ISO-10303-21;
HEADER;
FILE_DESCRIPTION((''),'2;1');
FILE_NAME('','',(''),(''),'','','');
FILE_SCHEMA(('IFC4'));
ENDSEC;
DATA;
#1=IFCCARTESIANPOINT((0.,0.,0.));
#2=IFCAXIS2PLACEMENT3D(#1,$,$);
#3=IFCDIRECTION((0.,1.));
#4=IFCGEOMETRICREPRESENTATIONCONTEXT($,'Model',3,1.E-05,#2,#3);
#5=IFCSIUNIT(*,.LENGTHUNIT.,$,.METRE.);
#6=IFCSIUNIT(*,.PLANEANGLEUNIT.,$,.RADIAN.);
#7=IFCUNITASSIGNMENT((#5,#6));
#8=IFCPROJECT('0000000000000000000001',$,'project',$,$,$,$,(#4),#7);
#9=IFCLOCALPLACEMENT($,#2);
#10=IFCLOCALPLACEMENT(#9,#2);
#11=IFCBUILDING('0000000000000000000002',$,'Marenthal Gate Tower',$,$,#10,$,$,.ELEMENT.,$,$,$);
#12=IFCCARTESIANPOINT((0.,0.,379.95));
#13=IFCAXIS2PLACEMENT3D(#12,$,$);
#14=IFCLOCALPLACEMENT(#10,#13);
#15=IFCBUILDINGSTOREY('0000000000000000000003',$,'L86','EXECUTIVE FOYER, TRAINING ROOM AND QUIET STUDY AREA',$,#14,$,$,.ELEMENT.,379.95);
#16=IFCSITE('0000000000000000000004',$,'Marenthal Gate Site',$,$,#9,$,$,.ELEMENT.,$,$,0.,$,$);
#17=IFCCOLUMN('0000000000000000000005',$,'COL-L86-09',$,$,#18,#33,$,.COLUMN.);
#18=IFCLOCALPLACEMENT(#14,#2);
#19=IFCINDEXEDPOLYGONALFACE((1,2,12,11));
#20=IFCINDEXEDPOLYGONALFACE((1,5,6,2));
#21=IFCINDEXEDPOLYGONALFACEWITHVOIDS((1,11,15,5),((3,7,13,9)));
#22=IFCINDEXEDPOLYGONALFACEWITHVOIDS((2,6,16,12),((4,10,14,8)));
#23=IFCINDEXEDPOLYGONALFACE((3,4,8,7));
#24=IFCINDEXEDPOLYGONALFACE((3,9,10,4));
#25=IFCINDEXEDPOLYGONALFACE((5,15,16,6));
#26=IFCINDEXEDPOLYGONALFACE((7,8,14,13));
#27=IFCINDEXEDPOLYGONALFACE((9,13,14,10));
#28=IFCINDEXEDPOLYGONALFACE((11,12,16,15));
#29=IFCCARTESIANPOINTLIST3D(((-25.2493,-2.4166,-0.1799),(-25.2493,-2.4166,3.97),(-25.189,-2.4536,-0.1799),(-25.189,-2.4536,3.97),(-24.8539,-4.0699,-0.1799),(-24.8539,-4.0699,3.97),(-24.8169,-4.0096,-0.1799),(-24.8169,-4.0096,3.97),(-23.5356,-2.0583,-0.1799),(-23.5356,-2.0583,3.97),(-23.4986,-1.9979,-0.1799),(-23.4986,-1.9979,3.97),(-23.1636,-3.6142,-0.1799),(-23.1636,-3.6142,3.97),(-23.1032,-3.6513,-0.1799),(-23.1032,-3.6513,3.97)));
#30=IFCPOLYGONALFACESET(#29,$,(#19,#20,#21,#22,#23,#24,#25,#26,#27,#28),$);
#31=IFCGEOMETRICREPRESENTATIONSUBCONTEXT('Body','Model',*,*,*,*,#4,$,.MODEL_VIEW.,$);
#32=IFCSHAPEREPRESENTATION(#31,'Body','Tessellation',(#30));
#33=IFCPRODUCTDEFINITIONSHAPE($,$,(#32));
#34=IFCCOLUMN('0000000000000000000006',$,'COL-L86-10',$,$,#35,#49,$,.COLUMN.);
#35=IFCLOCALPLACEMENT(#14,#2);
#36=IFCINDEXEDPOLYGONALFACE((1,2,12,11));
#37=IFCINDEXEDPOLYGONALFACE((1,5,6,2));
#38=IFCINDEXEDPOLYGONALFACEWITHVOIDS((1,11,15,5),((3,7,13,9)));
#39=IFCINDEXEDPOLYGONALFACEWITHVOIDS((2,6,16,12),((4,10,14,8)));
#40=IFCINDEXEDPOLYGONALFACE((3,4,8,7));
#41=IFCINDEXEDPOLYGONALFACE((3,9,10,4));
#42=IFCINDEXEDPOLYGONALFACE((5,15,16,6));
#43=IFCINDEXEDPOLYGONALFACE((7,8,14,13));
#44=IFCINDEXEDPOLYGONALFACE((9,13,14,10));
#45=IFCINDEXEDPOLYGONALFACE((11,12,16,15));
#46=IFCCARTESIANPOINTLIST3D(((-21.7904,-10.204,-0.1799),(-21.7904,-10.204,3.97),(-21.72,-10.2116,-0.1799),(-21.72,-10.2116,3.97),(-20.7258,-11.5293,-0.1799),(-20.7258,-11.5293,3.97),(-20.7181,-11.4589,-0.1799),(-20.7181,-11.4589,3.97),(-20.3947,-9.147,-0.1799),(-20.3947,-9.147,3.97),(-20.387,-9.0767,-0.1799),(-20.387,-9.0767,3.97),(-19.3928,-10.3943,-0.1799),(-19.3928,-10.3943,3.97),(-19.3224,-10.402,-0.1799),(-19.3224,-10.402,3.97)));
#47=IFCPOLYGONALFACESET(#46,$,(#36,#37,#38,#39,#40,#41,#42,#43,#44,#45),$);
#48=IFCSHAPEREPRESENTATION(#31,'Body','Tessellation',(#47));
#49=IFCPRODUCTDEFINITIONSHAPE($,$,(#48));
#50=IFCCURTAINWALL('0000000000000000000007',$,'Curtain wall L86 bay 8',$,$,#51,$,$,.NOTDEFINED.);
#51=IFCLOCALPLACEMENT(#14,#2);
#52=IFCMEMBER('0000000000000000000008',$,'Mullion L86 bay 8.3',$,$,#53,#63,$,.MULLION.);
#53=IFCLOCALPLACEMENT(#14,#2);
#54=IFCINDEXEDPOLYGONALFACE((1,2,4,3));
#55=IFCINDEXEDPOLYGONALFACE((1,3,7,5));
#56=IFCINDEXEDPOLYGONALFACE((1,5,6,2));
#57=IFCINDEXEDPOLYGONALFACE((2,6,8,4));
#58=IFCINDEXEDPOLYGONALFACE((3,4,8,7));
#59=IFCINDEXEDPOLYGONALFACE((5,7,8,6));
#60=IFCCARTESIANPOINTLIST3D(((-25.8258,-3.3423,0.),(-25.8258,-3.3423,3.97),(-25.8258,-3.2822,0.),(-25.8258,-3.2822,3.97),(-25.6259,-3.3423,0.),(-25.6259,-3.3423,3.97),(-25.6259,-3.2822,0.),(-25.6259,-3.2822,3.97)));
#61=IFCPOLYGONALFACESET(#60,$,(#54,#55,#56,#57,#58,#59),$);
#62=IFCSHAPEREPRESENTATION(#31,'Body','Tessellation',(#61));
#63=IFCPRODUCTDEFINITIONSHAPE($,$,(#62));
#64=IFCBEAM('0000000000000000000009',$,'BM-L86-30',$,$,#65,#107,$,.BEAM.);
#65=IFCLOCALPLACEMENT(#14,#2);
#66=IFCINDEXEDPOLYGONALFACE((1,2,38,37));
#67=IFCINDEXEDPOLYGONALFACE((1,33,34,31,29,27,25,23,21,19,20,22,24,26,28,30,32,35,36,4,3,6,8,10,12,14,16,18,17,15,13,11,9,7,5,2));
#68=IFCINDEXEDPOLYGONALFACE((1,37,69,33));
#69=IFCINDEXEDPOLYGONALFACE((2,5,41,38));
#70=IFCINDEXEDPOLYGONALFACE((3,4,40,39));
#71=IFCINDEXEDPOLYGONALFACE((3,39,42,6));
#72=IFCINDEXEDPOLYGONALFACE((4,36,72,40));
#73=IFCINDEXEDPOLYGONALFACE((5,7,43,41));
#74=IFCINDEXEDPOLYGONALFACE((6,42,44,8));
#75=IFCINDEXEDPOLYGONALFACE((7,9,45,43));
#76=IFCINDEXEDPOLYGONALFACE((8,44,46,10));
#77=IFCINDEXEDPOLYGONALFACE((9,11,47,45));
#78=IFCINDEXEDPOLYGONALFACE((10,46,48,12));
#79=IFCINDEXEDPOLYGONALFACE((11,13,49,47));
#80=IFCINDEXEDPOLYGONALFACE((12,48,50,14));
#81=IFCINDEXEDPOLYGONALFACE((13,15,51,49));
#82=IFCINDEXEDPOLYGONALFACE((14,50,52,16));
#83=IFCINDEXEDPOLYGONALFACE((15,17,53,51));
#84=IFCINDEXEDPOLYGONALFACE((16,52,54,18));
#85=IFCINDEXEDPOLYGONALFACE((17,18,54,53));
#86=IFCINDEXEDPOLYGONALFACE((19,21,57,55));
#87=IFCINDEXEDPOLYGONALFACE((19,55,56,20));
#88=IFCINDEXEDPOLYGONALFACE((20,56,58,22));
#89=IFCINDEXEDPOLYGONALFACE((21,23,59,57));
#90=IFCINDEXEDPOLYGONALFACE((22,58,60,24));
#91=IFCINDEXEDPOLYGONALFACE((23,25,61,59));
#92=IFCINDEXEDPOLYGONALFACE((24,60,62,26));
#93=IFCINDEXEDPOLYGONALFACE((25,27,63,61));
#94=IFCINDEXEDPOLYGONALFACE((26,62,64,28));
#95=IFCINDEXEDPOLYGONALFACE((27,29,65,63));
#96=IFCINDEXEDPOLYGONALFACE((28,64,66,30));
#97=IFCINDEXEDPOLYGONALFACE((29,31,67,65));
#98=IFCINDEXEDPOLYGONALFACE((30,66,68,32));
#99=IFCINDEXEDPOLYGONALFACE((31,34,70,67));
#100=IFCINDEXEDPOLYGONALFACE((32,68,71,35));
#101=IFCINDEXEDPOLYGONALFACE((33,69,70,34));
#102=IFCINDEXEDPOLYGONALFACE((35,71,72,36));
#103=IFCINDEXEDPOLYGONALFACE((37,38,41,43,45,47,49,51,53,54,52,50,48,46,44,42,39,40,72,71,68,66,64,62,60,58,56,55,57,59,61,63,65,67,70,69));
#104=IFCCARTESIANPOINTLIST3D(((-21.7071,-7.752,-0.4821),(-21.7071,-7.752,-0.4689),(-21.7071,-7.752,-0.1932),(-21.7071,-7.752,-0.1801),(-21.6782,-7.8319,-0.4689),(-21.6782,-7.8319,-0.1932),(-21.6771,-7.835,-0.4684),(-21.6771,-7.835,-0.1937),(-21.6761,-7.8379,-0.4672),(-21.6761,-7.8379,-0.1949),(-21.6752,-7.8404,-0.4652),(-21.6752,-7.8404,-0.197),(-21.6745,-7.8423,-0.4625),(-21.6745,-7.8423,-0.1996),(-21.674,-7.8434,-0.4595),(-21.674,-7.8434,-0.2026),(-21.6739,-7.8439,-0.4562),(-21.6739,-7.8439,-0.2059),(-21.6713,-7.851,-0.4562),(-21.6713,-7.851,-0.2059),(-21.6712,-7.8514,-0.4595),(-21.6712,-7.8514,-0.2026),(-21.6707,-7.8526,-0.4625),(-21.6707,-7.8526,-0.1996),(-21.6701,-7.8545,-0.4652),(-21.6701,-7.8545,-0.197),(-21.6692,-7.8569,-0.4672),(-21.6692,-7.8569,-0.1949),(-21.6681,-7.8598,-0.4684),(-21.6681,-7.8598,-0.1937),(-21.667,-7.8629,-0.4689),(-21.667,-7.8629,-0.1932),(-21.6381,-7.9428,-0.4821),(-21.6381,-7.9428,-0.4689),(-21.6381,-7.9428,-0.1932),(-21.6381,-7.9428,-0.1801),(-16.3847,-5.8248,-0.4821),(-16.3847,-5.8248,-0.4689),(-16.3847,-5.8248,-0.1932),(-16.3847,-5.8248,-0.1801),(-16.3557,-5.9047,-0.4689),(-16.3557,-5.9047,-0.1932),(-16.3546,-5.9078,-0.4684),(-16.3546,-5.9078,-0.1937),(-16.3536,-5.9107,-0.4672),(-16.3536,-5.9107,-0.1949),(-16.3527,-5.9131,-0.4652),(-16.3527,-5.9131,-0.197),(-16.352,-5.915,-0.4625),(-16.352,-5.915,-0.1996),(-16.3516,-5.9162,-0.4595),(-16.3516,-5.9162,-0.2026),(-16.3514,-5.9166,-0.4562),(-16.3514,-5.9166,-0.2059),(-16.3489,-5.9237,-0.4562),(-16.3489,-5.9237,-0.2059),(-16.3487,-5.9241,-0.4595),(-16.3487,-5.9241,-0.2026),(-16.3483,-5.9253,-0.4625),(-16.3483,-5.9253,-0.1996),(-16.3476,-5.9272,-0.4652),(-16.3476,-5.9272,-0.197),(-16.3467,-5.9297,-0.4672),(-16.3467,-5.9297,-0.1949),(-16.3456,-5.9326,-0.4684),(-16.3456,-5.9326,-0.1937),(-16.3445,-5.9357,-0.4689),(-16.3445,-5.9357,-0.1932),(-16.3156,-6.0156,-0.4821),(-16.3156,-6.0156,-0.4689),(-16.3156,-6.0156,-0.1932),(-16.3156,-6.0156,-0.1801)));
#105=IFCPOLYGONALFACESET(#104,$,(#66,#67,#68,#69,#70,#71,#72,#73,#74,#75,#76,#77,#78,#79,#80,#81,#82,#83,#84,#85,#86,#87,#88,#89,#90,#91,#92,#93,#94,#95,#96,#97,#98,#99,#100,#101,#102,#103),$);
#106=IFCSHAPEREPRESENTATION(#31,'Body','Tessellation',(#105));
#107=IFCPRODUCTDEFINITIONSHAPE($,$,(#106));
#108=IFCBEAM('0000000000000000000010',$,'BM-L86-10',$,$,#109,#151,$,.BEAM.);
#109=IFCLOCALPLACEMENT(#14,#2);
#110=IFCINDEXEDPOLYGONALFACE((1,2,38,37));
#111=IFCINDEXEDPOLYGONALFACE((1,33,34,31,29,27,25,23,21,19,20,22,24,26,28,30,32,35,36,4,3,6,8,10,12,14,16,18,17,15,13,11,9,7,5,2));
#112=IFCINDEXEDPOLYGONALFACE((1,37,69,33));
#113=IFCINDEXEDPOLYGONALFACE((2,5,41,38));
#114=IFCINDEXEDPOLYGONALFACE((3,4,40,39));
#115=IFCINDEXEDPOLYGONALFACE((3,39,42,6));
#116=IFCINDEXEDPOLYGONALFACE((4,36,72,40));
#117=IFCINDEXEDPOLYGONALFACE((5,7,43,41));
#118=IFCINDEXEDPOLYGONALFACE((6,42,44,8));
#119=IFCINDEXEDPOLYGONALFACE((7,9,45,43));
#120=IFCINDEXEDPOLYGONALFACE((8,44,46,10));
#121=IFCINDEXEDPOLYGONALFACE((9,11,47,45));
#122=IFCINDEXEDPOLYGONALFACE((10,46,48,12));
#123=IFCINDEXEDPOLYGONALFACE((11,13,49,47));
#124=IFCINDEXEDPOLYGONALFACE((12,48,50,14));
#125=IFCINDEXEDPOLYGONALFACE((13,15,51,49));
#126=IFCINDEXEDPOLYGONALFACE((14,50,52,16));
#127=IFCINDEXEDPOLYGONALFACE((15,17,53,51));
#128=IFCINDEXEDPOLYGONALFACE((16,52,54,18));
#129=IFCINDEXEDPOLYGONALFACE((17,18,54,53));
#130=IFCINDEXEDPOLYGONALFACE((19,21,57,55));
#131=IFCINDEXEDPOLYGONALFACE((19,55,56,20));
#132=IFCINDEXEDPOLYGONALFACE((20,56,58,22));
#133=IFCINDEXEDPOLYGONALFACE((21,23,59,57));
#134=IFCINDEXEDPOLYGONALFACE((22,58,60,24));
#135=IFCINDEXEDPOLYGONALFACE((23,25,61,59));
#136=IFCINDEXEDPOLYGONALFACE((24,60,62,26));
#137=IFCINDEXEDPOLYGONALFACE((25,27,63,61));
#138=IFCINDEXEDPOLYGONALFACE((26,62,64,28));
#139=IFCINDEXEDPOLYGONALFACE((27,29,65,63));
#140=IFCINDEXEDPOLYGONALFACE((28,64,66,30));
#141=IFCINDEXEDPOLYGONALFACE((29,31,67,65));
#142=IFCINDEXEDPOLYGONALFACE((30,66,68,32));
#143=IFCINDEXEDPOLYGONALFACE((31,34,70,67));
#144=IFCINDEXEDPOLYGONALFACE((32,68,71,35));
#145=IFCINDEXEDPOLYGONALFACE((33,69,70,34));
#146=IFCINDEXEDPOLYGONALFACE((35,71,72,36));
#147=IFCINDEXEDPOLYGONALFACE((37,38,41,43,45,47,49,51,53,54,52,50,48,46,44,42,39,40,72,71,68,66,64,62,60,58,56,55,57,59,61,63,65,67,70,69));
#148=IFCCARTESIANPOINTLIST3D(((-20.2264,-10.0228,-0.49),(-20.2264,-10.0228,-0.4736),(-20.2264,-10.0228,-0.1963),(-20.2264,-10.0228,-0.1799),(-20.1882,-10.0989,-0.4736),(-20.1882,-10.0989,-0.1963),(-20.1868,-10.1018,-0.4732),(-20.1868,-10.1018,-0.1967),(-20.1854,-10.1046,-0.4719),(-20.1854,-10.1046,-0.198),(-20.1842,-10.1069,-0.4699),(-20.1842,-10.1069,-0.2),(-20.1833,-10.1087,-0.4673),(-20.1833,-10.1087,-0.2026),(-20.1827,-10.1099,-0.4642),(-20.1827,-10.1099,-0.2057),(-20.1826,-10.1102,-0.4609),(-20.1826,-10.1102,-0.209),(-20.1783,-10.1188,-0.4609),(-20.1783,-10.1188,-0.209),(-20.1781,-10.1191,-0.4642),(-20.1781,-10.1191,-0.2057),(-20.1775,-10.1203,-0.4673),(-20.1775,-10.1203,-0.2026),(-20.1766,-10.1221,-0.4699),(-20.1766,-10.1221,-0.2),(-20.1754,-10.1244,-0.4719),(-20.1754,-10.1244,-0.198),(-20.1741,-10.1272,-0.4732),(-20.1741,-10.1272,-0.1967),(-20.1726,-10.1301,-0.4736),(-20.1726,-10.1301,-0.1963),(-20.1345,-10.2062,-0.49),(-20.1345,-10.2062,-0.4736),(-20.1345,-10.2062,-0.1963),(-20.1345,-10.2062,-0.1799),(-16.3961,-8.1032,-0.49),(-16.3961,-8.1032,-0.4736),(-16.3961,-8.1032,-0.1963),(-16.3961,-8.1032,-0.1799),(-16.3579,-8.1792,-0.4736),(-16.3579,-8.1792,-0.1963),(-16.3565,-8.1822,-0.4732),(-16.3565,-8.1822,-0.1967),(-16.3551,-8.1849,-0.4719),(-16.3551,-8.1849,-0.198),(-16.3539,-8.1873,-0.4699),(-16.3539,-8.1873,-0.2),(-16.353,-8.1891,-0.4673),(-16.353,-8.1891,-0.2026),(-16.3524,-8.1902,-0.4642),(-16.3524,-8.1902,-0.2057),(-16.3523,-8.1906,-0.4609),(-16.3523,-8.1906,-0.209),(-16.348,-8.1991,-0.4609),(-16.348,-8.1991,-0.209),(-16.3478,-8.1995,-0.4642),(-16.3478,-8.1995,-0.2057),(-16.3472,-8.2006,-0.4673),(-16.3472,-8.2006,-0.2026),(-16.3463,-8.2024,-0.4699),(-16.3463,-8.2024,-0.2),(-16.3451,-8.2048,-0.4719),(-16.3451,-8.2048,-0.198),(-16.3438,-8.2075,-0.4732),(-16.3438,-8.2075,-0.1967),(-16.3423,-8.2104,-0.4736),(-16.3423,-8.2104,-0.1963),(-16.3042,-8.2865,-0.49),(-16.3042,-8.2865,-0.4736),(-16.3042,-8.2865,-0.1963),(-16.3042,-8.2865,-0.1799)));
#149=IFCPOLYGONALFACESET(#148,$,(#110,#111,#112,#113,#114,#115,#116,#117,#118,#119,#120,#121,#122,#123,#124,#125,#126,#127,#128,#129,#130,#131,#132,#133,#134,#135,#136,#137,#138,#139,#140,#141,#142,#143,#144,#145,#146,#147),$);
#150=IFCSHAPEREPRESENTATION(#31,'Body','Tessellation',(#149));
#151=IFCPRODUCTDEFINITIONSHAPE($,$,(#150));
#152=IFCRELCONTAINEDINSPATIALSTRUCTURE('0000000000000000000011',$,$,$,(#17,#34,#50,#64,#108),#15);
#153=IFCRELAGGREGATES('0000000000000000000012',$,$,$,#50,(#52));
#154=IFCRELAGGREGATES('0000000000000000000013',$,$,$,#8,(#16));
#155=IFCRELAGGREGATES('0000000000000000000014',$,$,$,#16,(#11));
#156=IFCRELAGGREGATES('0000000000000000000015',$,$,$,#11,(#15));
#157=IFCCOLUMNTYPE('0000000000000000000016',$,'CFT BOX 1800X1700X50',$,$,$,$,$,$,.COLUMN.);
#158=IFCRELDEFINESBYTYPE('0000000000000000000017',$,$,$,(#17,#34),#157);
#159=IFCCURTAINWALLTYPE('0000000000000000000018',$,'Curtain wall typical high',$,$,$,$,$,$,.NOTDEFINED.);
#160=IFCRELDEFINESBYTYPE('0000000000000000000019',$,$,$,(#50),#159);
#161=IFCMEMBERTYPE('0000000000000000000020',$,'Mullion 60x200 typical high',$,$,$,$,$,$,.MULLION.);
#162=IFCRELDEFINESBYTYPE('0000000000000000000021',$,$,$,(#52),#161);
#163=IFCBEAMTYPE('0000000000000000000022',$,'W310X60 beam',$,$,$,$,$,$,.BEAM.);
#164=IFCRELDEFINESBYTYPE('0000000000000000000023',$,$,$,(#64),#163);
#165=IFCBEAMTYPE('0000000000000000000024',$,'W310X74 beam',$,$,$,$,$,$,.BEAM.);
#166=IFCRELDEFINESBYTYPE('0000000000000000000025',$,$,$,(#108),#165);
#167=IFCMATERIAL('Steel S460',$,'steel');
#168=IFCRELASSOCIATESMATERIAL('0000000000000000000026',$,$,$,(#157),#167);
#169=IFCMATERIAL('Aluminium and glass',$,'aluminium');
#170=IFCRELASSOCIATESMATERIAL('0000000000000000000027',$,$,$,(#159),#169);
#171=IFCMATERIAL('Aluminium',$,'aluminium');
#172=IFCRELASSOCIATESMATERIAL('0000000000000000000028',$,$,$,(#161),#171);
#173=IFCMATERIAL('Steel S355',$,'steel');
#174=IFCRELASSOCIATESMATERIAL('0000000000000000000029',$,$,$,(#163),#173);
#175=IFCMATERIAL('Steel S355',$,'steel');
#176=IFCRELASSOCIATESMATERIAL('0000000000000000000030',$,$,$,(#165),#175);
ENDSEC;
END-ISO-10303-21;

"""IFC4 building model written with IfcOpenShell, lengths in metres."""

from ifc_helpers import new_model, si_unit, direction, frame, origin, origin_2d, place, context, subcontext, project, spatial, rectangle, hollow_rectangle, i_section, extrude, material, material_profile, profile_set, type_object, element, aggregate, save


model = new_model("IFC4")

# Units and contexts
model_context = context("Model", 3, precision=1e-05, world=origin(), true_north=direction((0.0, 1.0)))
body_context = subcontext(model_context, "Body", "Model", "MODEL_VIEW")
ifc_project = project(units=[si_unit("LENGTHUNIT", "METRE"), si_unit("PLANEANGLEUNIT", "RADIAN")], contexts=[model_context])

# Site, building, storey
site_placement = place(None, origin())
site = spatial("IfcSite", under=ifc_project, at=site_placement, Name="Marenthal Gate Site", CompositionType="ELEMENT", RefElevation=0.0)
building_placement = place(site_placement, origin())
building = spatial("IfcBuilding", under=site, at=building_placement, Name="Marenthal Gate Tower", CompositionType="ELEMENT")
storey_placement = place(building_placement, frame((0.0, 0.0, 379.95)))
storey = spatial("IfcBuildingStorey", under=building, at=storey_placement, Name="L86", Description="EXECUTIVE FOYER, TRAINING ROOM AND QUIET STUDY AREA", CompositionType="ELEMENT", Elevation=379.95)

# Columns
ifc_material_1 = material(Name="Steel S460", Category="steel")
ifc_material_profile_1 = material_profile(ifc_material_1, hollow_rectangle(XDim=1.7, YDim=1.8, WallThickness=0.05, at=origin_2d()), Name="CFT BOX 1800X1700X50")
ifc_material_2 = material(Name="Concrete 70 MPa", Category="concrete")
ifc_material_profile_2 = material_profile(ifc_material_2, rectangle(XDim=1.6001, YDim=1.7, at=origin_2d()), Name="CFT BOX 1800X1700X50 INFILL")
ifc_profile_set_1 = profile_set([ifc_material_profile_1, ifc_material_profile_2], Name="Steel S460 shell, Concrete 70 MPa infill")
column_type = type_object("IfcColumnType", Name="CFT BOX 1800X1700X50", PredefinedType="COLUMN", material=ifc_profile_set_1)
for number, where, z_axis, x_axis, name in (
    (1, (-24.1763, -3.0339, -0.1799), (0.0, 0.0, 1.0), (-0.232571, 0.972579, 0.0), "COL-L86-09"),
    (2, (-20.5564, -10.303, -0.1799), (0.0, 0.0, 1.0), (-0.626249, 0.779623, 0.0), "COL-L86-10"),
):
    element("IfcColumn", number, at=place(storey_placement, frame(where, z_axis=z_axis, x_axis=x_axis)), inside=storey, type_object=column_type, Name=name, PredefinedType="COLUMN", context=body_context, shape_type="SweptSolid", body=[
        extrude(hollow_rectangle(XDim=1.7, YDim=1.8, WallThickness=0.05, at=origin_2d()), origin(), (0.0, 0.0, 1.0), 4.1499),
    ])

# Curtain wall, member
ifc_material_3 = material(Name="Aluminium and glass", Category="aluminium")
curtain_wall_type = type_object("IfcCurtainWallType", Name="Curtain wall typical high", PredefinedType="NOTDEFINED", material=ifc_material_3)
curtain_wall_placement = place(storey_placement, origin())
curtain_wall = element("IfcCurtainWall", 3, at=curtain_wall_placement, inside=storey, type_object=curtain_wall_type, Name="Curtain wall L86 bay 8", PredefinedType="NOTDEFINED")
ifc_material_4 = material(Name="Aluminium", Category="aluminium")
ifc_material_profile_3 = material_profile(ifc_material_4, rectangle(XDim=0.2, YDim=0.0601, at=origin_2d()), Name="60x200 aluminium mullion")
ifc_profile_set_2 = profile_set([ifc_material_profile_3], Name="Aluminium")
member_type = type_object("IfcMemberType", Name="Mullion 60x200 typical high", PredefinedType="MULLION", material=ifc_profile_set_2)
member_placement = place(storey_placement, frame((-25.7258, -3.3123, 0.0), z_axis=(0.0, 0.0, 1.0), x_axis=(1.0, 0.0, 0.0)))
member = element("IfcMember", 4, at=member_placement, type_object=member_type, Name="Mullion L86 bay 8.3", PredefinedType="MULLION", context=body_context, shape_type="SweptSolid", body=[
    extrude(rectangle(XDim=0.2, YDim=0.0601, at=origin_2d()), origin(), (0.0, 0.0, 1.0), 3.97),
])

# Beams
ifc_material_5 = material(Name="Steel S355", Category="steel")
ifc_material_profile_4 = material_profile(ifc_material_5, i_section(OverallWidth=0.2029, OverallDepth=0.302, WebThickness=0.0076, FlangeThickness=0.0132, FilletRadius=0.0127, at=origin_2d()), Name="W310X60")
ifc_profile_set_3 = profile_set([ifc_material_profile_4], Name="Steel S355")
beam_type_1 = type_object("IfcBeamType", Name="W310X60 beam", PredefinedType="BEAM", material=ifc_profile_set_3)
beam_1_placement = place(storey_placement, frame((-21.6726, -7.8474, -0.3311), z_axis=(0.940258, 0.340461, 0.0), x_axis=(-0.340461, 0.940258, 0.0)))
element("IfcBeam", 5, at=beam_1_placement, inside=storey, type_object=beam_type_1, Name="BM-L86-30", PredefinedType="BEAM", context=body_context, shape_type="SweptSolid", body=[
    extrude(i_section(OverallWidth=0.2029, OverallDepth=0.302, WebThickness=0.0076, FlangeThickness=0.0132, FilletRadius=0.0127, at=origin_2d()), origin(), (0.0, 0.0, 1.0), 5.6606),
])
ifc_material_6 = material(Name="Steel S355", Category="steel")
ifc_material_profile_5 = material_profile(ifc_material_6, i_section(OverallWidth=0.2051, OverallDepth=0.3101, WebThickness=0.0095, FlangeThickness=0.0164, FilletRadius=0.0127, at=origin_2d()), Name="W310X74")
ifc_profile_set_4 = profile_set([ifc_material_profile_5], Name="Steel S355")
beam_type_2 = type_object("IfcBeamType", Name="W310X74 beam", PredefinedType="BEAM", material=ifc_profile_set_4)
beam_2_placement = place(storey_placement, frame((-20.1804, -10.1145, -0.335), z_axis=(0.894005, 0.448057, 0.0), x_axis=(-0.448057, 0.894005, 0.0)))
element("IfcBeam", 6, at=beam_2_placement, inside=storey, type_object=beam_type_2, Name="BM-L86-10", PredefinedType="BEAM", context=body_context, shape_type="SweptSolid", body=[
    extrude(i_section(OverallWidth=0.2051, OverallDepth=0.3101, WebThickness=0.0095, FlangeThickness=0.0164, FilletRadius=0.0127, at=origin_2d()), origin(), (0.0, 0.0, 1.0), 4.2844),
])

aggregate(curtain_wall, [member])

save(model, "model.ifc")
